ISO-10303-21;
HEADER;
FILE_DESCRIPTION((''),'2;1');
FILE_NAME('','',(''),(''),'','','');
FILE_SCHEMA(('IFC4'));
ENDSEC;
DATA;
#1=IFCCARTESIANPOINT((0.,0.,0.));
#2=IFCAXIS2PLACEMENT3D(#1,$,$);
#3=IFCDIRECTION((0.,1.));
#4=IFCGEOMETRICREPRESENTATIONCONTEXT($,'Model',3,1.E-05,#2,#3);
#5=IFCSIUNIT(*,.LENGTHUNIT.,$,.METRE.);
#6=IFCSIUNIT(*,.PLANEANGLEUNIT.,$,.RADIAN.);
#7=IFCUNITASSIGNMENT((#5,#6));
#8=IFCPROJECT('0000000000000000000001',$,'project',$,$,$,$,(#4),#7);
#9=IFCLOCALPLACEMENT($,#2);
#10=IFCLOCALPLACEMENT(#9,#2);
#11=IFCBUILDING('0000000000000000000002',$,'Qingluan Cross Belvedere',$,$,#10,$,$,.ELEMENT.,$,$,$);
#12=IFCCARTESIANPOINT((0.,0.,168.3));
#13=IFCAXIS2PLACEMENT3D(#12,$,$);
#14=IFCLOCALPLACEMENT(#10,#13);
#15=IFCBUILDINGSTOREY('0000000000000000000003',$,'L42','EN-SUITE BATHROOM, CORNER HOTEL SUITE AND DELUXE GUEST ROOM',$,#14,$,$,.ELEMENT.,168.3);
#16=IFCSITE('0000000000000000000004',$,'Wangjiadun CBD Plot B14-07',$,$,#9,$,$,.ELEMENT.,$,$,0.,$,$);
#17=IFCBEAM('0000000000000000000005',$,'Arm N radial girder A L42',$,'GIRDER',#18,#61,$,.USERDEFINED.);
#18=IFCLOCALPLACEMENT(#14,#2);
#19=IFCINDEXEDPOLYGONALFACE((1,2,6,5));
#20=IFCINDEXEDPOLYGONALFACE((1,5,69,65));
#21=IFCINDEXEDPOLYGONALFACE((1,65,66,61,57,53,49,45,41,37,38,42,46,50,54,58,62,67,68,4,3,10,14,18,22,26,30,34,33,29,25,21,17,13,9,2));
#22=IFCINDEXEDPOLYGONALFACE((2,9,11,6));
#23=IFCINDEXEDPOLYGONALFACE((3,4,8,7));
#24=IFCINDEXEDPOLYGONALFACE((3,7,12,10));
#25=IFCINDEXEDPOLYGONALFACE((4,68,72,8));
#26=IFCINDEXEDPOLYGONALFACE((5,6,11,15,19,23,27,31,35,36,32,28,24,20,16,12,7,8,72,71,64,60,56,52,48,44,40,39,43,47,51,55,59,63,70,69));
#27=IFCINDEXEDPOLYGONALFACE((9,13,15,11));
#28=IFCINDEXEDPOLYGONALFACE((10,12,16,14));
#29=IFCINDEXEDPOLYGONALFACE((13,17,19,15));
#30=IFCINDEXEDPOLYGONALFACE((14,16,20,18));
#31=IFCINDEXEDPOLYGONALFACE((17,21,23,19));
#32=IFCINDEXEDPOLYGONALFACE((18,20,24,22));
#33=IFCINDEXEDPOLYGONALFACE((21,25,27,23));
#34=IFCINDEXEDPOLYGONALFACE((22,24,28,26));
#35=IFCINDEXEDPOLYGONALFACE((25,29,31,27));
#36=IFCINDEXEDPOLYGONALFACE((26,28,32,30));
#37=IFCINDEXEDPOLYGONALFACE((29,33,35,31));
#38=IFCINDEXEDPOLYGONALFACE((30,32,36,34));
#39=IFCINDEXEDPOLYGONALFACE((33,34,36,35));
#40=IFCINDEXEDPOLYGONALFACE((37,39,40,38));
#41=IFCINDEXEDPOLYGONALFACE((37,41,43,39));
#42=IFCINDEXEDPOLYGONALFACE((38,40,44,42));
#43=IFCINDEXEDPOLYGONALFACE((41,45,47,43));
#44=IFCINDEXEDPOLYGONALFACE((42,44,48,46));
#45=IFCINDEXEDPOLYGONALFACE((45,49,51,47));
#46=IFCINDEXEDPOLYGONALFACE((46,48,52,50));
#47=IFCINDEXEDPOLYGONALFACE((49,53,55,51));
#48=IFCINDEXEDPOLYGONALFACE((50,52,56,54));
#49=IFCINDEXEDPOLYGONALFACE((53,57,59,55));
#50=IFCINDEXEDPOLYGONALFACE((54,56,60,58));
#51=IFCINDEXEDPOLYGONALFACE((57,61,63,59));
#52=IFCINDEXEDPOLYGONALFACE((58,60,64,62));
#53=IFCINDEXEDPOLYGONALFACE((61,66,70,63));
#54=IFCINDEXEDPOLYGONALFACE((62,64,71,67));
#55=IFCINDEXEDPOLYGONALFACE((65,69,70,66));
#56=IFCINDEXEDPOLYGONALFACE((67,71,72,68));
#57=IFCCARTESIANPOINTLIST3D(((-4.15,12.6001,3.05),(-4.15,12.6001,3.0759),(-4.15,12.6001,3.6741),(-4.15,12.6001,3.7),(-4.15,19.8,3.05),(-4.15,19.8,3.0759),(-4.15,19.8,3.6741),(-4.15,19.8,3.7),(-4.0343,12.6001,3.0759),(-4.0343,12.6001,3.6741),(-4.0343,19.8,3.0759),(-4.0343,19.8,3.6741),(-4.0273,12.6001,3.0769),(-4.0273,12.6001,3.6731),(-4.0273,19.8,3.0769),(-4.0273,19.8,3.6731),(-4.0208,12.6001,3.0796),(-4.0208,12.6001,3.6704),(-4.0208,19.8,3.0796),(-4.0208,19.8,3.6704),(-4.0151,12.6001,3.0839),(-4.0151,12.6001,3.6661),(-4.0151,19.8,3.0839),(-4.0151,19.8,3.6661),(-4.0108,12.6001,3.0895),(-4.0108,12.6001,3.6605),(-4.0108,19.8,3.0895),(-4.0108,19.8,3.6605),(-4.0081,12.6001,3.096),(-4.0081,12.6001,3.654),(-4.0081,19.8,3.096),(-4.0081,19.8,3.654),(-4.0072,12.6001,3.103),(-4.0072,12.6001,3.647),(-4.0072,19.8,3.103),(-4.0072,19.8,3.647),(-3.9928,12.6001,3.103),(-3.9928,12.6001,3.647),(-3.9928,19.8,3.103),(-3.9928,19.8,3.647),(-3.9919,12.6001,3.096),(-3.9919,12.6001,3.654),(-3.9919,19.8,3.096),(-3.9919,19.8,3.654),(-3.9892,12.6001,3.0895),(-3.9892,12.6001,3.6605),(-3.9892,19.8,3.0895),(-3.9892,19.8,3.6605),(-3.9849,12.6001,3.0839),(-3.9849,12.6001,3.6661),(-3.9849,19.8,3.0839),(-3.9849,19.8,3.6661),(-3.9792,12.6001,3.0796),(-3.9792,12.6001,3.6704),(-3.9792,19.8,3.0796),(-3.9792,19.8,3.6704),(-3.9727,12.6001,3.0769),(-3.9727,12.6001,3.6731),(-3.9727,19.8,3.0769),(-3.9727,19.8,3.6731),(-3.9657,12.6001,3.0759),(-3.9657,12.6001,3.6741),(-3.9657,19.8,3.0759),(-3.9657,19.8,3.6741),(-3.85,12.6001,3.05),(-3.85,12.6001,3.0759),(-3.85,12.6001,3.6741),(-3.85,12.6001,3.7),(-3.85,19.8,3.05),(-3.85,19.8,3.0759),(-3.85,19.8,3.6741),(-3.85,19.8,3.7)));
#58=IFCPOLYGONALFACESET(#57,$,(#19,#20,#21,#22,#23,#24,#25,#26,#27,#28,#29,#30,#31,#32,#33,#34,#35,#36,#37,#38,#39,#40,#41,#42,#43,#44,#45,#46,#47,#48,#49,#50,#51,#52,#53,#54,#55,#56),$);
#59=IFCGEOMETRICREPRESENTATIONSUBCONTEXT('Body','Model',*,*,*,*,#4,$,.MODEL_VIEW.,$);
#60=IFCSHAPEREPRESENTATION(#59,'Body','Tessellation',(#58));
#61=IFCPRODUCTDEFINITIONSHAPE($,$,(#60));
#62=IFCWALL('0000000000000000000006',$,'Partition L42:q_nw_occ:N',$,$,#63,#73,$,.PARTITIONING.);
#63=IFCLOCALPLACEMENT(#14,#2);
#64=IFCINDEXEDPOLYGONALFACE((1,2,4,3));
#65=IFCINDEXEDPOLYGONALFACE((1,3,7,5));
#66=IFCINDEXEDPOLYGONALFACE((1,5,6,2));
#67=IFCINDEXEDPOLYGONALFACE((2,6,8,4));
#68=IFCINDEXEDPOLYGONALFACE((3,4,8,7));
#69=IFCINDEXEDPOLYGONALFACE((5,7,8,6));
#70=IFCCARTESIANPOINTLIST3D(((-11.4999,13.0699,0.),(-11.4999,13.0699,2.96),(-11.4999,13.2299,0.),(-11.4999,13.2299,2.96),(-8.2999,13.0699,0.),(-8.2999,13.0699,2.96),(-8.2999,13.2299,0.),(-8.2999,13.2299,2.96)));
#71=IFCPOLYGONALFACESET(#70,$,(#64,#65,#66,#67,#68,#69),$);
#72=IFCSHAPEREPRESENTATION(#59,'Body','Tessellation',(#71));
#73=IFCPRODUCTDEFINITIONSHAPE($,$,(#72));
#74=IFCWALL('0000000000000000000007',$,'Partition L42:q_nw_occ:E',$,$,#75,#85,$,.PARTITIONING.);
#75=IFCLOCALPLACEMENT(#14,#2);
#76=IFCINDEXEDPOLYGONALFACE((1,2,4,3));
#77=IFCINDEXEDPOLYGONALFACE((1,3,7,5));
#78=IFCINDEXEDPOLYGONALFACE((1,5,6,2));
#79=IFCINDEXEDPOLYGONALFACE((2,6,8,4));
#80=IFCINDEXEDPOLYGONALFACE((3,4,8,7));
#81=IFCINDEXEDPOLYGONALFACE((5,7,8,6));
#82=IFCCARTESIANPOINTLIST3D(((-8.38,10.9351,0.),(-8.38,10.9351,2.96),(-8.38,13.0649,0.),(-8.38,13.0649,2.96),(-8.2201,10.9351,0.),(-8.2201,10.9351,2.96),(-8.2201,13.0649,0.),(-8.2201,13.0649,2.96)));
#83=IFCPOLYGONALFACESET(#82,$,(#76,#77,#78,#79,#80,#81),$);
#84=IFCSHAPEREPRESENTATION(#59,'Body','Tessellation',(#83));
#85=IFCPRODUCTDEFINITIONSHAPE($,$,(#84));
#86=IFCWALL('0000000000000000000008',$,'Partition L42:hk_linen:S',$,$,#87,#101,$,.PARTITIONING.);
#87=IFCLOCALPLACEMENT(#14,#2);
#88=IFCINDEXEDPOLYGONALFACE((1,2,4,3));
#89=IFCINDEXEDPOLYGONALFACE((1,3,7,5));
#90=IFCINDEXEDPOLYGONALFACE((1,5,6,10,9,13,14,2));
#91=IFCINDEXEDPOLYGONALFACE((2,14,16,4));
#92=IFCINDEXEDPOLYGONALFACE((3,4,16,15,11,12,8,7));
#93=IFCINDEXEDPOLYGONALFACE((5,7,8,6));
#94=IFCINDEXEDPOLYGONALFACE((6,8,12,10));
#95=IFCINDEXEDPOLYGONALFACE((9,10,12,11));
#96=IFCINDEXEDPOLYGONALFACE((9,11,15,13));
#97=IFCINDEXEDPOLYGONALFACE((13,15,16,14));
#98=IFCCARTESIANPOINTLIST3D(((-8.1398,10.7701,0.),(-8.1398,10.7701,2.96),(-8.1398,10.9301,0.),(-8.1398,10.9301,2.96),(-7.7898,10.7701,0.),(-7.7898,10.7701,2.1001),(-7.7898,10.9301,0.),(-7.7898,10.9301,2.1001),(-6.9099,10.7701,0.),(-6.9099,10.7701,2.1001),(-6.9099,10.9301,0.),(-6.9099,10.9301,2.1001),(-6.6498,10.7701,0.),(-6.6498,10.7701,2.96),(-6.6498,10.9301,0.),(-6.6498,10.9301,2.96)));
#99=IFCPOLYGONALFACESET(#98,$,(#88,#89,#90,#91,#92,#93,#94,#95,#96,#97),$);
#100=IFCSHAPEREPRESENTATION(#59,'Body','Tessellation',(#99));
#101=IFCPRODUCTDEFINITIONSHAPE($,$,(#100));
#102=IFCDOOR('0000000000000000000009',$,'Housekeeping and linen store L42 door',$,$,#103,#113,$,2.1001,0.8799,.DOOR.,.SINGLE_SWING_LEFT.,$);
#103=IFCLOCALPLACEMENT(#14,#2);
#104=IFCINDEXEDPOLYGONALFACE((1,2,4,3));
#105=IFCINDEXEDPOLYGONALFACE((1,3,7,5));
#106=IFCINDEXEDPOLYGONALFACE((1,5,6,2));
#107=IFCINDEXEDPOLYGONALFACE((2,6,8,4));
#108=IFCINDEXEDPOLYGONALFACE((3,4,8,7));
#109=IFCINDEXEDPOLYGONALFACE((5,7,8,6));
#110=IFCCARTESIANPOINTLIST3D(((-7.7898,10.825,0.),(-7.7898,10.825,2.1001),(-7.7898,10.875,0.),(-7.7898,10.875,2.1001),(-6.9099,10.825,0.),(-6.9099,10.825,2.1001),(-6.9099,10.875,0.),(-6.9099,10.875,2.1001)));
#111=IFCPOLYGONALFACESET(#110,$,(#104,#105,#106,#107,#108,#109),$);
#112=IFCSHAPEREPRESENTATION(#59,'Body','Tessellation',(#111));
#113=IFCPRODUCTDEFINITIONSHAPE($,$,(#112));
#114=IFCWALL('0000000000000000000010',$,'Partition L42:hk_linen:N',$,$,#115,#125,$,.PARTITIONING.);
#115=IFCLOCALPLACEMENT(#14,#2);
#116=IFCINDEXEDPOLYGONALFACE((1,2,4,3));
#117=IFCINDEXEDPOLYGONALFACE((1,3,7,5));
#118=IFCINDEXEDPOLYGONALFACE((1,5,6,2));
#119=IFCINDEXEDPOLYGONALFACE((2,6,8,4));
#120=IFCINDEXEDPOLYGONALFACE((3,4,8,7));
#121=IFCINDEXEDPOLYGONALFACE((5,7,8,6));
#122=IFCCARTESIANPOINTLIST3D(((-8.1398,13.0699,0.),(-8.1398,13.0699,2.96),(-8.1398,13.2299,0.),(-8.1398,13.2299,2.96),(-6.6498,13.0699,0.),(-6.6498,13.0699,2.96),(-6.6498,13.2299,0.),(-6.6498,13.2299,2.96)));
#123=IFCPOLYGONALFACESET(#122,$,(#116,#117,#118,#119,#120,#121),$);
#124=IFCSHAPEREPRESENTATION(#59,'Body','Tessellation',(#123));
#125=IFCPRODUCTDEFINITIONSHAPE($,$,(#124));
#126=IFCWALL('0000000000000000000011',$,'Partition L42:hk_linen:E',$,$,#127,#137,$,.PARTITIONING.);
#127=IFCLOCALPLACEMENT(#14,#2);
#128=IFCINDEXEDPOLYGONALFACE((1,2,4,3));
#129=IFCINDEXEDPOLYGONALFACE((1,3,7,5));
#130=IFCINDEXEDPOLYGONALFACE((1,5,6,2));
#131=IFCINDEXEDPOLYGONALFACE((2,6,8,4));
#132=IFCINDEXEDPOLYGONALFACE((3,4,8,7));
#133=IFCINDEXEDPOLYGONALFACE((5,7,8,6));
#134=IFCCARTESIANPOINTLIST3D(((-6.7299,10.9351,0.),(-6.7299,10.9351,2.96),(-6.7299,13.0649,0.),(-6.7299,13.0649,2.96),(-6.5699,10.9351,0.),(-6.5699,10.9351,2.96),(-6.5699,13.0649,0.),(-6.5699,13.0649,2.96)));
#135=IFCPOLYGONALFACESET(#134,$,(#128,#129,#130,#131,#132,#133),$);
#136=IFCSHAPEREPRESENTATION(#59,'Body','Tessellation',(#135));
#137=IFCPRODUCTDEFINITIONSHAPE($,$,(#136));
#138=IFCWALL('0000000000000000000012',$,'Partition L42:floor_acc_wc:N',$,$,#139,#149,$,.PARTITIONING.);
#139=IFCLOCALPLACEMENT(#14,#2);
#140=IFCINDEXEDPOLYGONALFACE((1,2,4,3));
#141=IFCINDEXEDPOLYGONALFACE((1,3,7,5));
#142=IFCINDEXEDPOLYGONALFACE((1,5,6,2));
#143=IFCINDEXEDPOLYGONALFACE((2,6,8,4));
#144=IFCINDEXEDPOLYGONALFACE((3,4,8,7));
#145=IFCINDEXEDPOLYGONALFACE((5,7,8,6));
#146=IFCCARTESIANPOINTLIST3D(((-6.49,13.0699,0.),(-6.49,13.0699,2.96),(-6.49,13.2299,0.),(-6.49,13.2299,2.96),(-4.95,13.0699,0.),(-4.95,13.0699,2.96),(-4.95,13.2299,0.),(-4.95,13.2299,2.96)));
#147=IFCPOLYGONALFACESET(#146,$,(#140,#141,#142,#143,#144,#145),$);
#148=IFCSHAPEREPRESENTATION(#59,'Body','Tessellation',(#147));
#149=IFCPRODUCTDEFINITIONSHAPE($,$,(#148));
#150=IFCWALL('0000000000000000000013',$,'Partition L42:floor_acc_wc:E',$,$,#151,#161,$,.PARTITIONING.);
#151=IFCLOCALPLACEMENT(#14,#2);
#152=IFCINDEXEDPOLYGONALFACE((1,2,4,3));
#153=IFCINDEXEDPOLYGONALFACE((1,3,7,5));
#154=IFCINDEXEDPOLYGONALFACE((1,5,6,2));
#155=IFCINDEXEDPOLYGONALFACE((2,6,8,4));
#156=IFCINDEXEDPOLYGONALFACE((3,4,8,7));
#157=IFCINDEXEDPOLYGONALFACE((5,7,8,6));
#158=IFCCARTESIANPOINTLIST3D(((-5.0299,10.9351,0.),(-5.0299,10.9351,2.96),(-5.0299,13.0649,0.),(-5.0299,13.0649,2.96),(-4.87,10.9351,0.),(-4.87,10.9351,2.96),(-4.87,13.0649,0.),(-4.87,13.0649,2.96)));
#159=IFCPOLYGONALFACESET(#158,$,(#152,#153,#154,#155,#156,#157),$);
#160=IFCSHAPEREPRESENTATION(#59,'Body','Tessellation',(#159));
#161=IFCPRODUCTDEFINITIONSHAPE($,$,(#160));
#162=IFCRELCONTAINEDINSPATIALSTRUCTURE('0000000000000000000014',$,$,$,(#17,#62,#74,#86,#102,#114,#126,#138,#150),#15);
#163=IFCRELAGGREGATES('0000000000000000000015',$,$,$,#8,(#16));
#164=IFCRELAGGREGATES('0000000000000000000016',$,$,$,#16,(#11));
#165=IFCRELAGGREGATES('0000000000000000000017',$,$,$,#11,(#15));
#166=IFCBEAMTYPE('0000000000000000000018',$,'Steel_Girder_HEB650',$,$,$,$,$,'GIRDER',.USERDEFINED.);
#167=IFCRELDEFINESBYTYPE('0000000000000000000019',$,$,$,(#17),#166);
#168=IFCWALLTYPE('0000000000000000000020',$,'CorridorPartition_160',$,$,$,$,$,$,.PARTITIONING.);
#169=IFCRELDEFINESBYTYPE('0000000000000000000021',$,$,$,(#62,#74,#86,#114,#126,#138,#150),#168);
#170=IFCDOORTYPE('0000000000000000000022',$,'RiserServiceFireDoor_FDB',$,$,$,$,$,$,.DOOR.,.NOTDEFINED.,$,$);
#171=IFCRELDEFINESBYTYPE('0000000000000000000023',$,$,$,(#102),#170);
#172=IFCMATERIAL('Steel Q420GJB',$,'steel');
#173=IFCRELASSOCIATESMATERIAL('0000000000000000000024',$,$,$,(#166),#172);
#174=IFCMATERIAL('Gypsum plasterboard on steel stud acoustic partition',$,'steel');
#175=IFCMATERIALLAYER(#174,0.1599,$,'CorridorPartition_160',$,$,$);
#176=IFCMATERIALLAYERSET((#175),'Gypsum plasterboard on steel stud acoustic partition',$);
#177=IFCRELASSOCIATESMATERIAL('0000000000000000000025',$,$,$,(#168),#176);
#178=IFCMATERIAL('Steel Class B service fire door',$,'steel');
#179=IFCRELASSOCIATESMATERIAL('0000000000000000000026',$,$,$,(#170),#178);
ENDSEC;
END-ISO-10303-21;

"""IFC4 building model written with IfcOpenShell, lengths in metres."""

from ifc_helpers import new_model, si_unit, direction, frame, frame_2d, origin, origin_2d, place, context, subcontext, project, spatial, rectangle, i_section, extrude, material, layer, layer_set, material_profile, profile_set, type_object, element, fill, save


model = new_model("IFC4")

# Units and contexts
model_context = context("Model", 3, precision=1e-05, world=origin(), true_north=direction((0.0, 1.0)))
body_context = subcontext(model_context, "Body", "Model", "MODEL_VIEW")
ifc_project = project(units=[si_unit("LENGTHUNIT", "METRE"), si_unit("PLANEANGLEUNIT", "RADIAN")], contexts=[model_context])

# Site, building, storey
site_placement = place(None, origin())
site = spatial("IfcSite", under=ifc_project, at=site_placement, Name="Wangjiadun CBD Plot B14-07", CompositionType="ELEMENT", RefElevation=0.0)
building_placement = place(site_placement, origin())
building = spatial("IfcBuilding", under=site, at=building_placement, Name="Qingluan Cross Belvedere", CompositionType="ELEMENT")
storey_placement = place(building_placement, frame((0.0, 0.0, 168.3)))
storey = spatial("IfcBuildingStorey", under=building, at=storey_placement, Name="L42", Description="EN-SUITE BATHROOM, CORNER HOTEL SUITE AND DELUXE GUEST ROOM", CompositionType="ELEMENT", Elevation=168.3)

# Beam
ifc_material_1 = material(Name="Steel Q420GJB", Category="steel")
ifc_material_profile_1 = material_profile(ifc_material_1, i_section(OverallWidth=0.3, OverallDepth=0.6499, WebThickness=0.0144, FlangeThickness=0.0259, FilletRadius=0.0271, at=origin_2d()), Name="HEB650")
ifc_profile_set_1 = profile_set([ifc_material_profile_1], Name="Steel Q420GJB")
beam_type_1 = type_object("IfcBeamType", Name="Steel_Girder_HEB650", ElementType="GIRDER", PredefinedType="USERDEFINED", material=ifc_profile_set_1)
beam_1_placement = place(storey_placement, frame((-4.0, 12.6001, 3.375), z_axis=(0.0, 1.0, 0.0), x_axis=(-1.0, 0.0, 0.0)))
element("IfcBeam", 1, at=beam_1_placement, inside=storey, type_object=beam_type_1, Name="Arm N radial girder A L42", ObjectType="GIRDER", PredefinedType="USERDEFINED", context=body_context, shape_type="SweptSolid", body=[
    extrude(i_section(OverallWidth=0.3, OverallDepth=0.6499, WebThickness=0.0144, FlangeThickness=0.0259, FilletRadius=0.0271, at=origin_2d()), origin(), (0.0, 0.0, 1.0), 7.2),
])

# Walls
ifc_material_2 = material(Name="Gypsum plasterboard on steel stud acoustic partition", Category="steel")
ifc_layer_1 = layer(ifc_material_2, 0.1599, Name="CorridorPartition_160")
ifc_layer_set_1 = layer_set([ifc_layer_1], Name="Gypsum plasterboard on steel stud acoustic partition")
wall_type_1 = type_object("IfcWallType", Name="CorridorPartition_160", PredefinedType="PARTITIONING", material=ifc_layer_set_1)
wall_1_placement = place(storey_placement, frame((-11.5, 13.1499, 0.0), z_axis=(0.0, 0.0, 1.0), x_axis=(1.0, 0.0, 0.0)))
element("IfcWall", 2, at=wall_1_placement, inside=storey, type_object=wall_type_1, Name="Partition L42:q_nw_occ:N", PredefinedType="PARTITIONING", context=body_context, shape_type="SweptSolid", body=[
    extrude(rectangle(XDim=3.2, YDim=0.1599, at=frame_2d((1.6001, 0.0))), origin(), (0.0, 0.0, 1.0), 2.96),
])
wall_2_placement = place(storey_placement, frame((-8.3, 10.9351, 0.0), z_axis=(0.0, 0.0, 1.0), x_axis=(0.0, 1.0, 0.0)))
element("IfcWall", 3, at=wall_2_placement, inside=storey, type_object=wall_type_1, Name="Partition L42:q_nw_occ:E", PredefinedType="PARTITIONING", context=body_context, shape_type="SweptSolid", body=[
    extrude(rectangle(XDim=2.1299, YDim=0.1599, at=frame_2d((1.0649, 0.0))), origin(), (0.0, 0.0, 1.0), 2.96),
])

# Wall, opening, door
wall_3_placement = place(storey_placement, frame((-8.1399, 10.8501, 0.0), z_axis=(0.0, 0.0, 1.0), x_axis=(1.0, 0.0, 0.0)))
wall_3 = element("IfcWall", 4, at=wall_3_placement, inside=storey, type_object=wall_type_1, Name="Partition L42:hk_linen:S", PredefinedType="PARTITIONING", context=body_context, shape_type="SweptSolid", body=[
    extrude(rectangle(XDim=1.49, YDim=0.1599, at=frame_2d((0.7451, 0.0))), origin(), (0.0, 0.0, 1.0), 2.96),
])
opening_1_placement = place(wall_3_placement, frame((0.3501, 0.0, 0.0)))
opening_1 = element("IfcOpeningElement", 5, at=opening_1_placement, cuts=wall_3, PredefinedType="OPENING", context=body_context, shape_type="SweptSolid", body=[
    extrude(rectangle(XDim=0.8799, YDim=2.1001, at=frame_2d((0.4399, 1.05))), frame((0.0, 0.0898, 0.0), z_axis=(0.0, -1.0, 0.0), x_axis=(1.0, 0.0, 0.0)), (0.0, 0.0, 1.0), 0.1799),
])
ifc_material_3 = material(Name="Steel Class B service fire door", Category="steel")
door_type_1 = type_object("IfcDoorType", Name="RiserServiceFireDoor_FDB", OperationType="NOTDEFINED", PredefinedType="DOOR", material=ifc_material_3)
door_1_placement = place(opening_1_placement, origin())
door_1 = element("IfcDoor", 6, at=door_1_placement, inside=storey, type_object=door_type_1, Name="Housekeeping and linen store L42 door", OperationType="SINGLE_SWING_LEFT", OverallHeight=2.1001, OverallWidth=0.8799, PredefinedType="DOOR", context=body_context, shape_type="SweptSolid", body=[
    extrude(rectangle(XDim=0.8799, YDim=2.1001, at=frame_2d((0.4399, 1.05))), frame((0.0, 0.0249, 0.0), z_axis=(0.0, -1.0, 0.0), x_axis=(1.0, 0.0, 0.0)), (0.0, 0.0, 1.0), 0.05),
])
fill(opening_1, door_1)

# Walls
wall_4_placement = place(storey_placement, frame((-8.1399, 13.1499, 0.0), z_axis=(0.0, 0.0, 1.0), x_axis=(1.0, 0.0, 0.0)))
element("IfcWall", 7, at=wall_4_placement, inside=storey, type_object=wall_type_1, Name="Partition L42:hk_linen:N", PredefinedType="PARTITIONING", context=body_context, shape_type="SweptSolid", body=[
    extrude(rectangle(XDim=1.49, YDim=0.1599, at=frame_2d((0.7451, 0.0))), origin(), (0.0, 0.0, 1.0), 2.96),
])
wall_5_placement = place(storey_placement, frame((-6.6499, 10.9351, 0.0), z_axis=(0.0, 0.0, 1.0), x_axis=(0.0, 1.0, 0.0)))
element("IfcWall", 8, at=wall_5_placement, inside=storey, type_object=wall_type_1, Name="Partition L42:hk_linen:E", PredefinedType="PARTITIONING", context=body_context, shape_type="SweptSolid", body=[
    extrude(rectangle(XDim=2.1299, YDim=0.1599, at=frame_2d((1.0649, 0.0))), origin(), (0.0, 0.0, 1.0), 2.96),
])

# Walls
wall_6_placement = place(storey_placement, frame((-6.49, 13.1499, 0.0), z_axis=(0.0, 0.0, 1.0), x_axis=(1.0, 0.0, 0.0)))
element("IfcWall", 9, at=wall_6_placement, inside=storey, type_object=wall_type_1, Name="Partition L42:floor_acc_wc:N", PredefinedType="PARTITIONING", context=body_context, shape_type="SweptSolid", body=[
    extrude(rectangle(XDim=1.54, YDim=0.1599, at=frame_2d((0.77, 0.0))), origin(), (0.0, 0.0, 1.0), 2.96),
])
wall_7_placement = place(storey_placement, frame((-4.95, 10.9351, 0.0), z_axis=(0.0, 0.0, 1.0), x_axis=(0.0, 1.0, 0.0)))
element("IfcWall", 10, at=wall_7_placement, inside=storey, type_object=wall_type_1, Name="Partition L42:floor_acc_wc:E", PredefinedType="PARTITIONING", context=body_context, shape_type="SweptSolid", body=[
    extrude(rectangle(XDim=2.1299, YDim=0.1599, at=frame_2d((1.0649, 0.0))), origin(), (0.0, 0.0, 1.0), 2.96),
])

save(model, "model.ifc")
